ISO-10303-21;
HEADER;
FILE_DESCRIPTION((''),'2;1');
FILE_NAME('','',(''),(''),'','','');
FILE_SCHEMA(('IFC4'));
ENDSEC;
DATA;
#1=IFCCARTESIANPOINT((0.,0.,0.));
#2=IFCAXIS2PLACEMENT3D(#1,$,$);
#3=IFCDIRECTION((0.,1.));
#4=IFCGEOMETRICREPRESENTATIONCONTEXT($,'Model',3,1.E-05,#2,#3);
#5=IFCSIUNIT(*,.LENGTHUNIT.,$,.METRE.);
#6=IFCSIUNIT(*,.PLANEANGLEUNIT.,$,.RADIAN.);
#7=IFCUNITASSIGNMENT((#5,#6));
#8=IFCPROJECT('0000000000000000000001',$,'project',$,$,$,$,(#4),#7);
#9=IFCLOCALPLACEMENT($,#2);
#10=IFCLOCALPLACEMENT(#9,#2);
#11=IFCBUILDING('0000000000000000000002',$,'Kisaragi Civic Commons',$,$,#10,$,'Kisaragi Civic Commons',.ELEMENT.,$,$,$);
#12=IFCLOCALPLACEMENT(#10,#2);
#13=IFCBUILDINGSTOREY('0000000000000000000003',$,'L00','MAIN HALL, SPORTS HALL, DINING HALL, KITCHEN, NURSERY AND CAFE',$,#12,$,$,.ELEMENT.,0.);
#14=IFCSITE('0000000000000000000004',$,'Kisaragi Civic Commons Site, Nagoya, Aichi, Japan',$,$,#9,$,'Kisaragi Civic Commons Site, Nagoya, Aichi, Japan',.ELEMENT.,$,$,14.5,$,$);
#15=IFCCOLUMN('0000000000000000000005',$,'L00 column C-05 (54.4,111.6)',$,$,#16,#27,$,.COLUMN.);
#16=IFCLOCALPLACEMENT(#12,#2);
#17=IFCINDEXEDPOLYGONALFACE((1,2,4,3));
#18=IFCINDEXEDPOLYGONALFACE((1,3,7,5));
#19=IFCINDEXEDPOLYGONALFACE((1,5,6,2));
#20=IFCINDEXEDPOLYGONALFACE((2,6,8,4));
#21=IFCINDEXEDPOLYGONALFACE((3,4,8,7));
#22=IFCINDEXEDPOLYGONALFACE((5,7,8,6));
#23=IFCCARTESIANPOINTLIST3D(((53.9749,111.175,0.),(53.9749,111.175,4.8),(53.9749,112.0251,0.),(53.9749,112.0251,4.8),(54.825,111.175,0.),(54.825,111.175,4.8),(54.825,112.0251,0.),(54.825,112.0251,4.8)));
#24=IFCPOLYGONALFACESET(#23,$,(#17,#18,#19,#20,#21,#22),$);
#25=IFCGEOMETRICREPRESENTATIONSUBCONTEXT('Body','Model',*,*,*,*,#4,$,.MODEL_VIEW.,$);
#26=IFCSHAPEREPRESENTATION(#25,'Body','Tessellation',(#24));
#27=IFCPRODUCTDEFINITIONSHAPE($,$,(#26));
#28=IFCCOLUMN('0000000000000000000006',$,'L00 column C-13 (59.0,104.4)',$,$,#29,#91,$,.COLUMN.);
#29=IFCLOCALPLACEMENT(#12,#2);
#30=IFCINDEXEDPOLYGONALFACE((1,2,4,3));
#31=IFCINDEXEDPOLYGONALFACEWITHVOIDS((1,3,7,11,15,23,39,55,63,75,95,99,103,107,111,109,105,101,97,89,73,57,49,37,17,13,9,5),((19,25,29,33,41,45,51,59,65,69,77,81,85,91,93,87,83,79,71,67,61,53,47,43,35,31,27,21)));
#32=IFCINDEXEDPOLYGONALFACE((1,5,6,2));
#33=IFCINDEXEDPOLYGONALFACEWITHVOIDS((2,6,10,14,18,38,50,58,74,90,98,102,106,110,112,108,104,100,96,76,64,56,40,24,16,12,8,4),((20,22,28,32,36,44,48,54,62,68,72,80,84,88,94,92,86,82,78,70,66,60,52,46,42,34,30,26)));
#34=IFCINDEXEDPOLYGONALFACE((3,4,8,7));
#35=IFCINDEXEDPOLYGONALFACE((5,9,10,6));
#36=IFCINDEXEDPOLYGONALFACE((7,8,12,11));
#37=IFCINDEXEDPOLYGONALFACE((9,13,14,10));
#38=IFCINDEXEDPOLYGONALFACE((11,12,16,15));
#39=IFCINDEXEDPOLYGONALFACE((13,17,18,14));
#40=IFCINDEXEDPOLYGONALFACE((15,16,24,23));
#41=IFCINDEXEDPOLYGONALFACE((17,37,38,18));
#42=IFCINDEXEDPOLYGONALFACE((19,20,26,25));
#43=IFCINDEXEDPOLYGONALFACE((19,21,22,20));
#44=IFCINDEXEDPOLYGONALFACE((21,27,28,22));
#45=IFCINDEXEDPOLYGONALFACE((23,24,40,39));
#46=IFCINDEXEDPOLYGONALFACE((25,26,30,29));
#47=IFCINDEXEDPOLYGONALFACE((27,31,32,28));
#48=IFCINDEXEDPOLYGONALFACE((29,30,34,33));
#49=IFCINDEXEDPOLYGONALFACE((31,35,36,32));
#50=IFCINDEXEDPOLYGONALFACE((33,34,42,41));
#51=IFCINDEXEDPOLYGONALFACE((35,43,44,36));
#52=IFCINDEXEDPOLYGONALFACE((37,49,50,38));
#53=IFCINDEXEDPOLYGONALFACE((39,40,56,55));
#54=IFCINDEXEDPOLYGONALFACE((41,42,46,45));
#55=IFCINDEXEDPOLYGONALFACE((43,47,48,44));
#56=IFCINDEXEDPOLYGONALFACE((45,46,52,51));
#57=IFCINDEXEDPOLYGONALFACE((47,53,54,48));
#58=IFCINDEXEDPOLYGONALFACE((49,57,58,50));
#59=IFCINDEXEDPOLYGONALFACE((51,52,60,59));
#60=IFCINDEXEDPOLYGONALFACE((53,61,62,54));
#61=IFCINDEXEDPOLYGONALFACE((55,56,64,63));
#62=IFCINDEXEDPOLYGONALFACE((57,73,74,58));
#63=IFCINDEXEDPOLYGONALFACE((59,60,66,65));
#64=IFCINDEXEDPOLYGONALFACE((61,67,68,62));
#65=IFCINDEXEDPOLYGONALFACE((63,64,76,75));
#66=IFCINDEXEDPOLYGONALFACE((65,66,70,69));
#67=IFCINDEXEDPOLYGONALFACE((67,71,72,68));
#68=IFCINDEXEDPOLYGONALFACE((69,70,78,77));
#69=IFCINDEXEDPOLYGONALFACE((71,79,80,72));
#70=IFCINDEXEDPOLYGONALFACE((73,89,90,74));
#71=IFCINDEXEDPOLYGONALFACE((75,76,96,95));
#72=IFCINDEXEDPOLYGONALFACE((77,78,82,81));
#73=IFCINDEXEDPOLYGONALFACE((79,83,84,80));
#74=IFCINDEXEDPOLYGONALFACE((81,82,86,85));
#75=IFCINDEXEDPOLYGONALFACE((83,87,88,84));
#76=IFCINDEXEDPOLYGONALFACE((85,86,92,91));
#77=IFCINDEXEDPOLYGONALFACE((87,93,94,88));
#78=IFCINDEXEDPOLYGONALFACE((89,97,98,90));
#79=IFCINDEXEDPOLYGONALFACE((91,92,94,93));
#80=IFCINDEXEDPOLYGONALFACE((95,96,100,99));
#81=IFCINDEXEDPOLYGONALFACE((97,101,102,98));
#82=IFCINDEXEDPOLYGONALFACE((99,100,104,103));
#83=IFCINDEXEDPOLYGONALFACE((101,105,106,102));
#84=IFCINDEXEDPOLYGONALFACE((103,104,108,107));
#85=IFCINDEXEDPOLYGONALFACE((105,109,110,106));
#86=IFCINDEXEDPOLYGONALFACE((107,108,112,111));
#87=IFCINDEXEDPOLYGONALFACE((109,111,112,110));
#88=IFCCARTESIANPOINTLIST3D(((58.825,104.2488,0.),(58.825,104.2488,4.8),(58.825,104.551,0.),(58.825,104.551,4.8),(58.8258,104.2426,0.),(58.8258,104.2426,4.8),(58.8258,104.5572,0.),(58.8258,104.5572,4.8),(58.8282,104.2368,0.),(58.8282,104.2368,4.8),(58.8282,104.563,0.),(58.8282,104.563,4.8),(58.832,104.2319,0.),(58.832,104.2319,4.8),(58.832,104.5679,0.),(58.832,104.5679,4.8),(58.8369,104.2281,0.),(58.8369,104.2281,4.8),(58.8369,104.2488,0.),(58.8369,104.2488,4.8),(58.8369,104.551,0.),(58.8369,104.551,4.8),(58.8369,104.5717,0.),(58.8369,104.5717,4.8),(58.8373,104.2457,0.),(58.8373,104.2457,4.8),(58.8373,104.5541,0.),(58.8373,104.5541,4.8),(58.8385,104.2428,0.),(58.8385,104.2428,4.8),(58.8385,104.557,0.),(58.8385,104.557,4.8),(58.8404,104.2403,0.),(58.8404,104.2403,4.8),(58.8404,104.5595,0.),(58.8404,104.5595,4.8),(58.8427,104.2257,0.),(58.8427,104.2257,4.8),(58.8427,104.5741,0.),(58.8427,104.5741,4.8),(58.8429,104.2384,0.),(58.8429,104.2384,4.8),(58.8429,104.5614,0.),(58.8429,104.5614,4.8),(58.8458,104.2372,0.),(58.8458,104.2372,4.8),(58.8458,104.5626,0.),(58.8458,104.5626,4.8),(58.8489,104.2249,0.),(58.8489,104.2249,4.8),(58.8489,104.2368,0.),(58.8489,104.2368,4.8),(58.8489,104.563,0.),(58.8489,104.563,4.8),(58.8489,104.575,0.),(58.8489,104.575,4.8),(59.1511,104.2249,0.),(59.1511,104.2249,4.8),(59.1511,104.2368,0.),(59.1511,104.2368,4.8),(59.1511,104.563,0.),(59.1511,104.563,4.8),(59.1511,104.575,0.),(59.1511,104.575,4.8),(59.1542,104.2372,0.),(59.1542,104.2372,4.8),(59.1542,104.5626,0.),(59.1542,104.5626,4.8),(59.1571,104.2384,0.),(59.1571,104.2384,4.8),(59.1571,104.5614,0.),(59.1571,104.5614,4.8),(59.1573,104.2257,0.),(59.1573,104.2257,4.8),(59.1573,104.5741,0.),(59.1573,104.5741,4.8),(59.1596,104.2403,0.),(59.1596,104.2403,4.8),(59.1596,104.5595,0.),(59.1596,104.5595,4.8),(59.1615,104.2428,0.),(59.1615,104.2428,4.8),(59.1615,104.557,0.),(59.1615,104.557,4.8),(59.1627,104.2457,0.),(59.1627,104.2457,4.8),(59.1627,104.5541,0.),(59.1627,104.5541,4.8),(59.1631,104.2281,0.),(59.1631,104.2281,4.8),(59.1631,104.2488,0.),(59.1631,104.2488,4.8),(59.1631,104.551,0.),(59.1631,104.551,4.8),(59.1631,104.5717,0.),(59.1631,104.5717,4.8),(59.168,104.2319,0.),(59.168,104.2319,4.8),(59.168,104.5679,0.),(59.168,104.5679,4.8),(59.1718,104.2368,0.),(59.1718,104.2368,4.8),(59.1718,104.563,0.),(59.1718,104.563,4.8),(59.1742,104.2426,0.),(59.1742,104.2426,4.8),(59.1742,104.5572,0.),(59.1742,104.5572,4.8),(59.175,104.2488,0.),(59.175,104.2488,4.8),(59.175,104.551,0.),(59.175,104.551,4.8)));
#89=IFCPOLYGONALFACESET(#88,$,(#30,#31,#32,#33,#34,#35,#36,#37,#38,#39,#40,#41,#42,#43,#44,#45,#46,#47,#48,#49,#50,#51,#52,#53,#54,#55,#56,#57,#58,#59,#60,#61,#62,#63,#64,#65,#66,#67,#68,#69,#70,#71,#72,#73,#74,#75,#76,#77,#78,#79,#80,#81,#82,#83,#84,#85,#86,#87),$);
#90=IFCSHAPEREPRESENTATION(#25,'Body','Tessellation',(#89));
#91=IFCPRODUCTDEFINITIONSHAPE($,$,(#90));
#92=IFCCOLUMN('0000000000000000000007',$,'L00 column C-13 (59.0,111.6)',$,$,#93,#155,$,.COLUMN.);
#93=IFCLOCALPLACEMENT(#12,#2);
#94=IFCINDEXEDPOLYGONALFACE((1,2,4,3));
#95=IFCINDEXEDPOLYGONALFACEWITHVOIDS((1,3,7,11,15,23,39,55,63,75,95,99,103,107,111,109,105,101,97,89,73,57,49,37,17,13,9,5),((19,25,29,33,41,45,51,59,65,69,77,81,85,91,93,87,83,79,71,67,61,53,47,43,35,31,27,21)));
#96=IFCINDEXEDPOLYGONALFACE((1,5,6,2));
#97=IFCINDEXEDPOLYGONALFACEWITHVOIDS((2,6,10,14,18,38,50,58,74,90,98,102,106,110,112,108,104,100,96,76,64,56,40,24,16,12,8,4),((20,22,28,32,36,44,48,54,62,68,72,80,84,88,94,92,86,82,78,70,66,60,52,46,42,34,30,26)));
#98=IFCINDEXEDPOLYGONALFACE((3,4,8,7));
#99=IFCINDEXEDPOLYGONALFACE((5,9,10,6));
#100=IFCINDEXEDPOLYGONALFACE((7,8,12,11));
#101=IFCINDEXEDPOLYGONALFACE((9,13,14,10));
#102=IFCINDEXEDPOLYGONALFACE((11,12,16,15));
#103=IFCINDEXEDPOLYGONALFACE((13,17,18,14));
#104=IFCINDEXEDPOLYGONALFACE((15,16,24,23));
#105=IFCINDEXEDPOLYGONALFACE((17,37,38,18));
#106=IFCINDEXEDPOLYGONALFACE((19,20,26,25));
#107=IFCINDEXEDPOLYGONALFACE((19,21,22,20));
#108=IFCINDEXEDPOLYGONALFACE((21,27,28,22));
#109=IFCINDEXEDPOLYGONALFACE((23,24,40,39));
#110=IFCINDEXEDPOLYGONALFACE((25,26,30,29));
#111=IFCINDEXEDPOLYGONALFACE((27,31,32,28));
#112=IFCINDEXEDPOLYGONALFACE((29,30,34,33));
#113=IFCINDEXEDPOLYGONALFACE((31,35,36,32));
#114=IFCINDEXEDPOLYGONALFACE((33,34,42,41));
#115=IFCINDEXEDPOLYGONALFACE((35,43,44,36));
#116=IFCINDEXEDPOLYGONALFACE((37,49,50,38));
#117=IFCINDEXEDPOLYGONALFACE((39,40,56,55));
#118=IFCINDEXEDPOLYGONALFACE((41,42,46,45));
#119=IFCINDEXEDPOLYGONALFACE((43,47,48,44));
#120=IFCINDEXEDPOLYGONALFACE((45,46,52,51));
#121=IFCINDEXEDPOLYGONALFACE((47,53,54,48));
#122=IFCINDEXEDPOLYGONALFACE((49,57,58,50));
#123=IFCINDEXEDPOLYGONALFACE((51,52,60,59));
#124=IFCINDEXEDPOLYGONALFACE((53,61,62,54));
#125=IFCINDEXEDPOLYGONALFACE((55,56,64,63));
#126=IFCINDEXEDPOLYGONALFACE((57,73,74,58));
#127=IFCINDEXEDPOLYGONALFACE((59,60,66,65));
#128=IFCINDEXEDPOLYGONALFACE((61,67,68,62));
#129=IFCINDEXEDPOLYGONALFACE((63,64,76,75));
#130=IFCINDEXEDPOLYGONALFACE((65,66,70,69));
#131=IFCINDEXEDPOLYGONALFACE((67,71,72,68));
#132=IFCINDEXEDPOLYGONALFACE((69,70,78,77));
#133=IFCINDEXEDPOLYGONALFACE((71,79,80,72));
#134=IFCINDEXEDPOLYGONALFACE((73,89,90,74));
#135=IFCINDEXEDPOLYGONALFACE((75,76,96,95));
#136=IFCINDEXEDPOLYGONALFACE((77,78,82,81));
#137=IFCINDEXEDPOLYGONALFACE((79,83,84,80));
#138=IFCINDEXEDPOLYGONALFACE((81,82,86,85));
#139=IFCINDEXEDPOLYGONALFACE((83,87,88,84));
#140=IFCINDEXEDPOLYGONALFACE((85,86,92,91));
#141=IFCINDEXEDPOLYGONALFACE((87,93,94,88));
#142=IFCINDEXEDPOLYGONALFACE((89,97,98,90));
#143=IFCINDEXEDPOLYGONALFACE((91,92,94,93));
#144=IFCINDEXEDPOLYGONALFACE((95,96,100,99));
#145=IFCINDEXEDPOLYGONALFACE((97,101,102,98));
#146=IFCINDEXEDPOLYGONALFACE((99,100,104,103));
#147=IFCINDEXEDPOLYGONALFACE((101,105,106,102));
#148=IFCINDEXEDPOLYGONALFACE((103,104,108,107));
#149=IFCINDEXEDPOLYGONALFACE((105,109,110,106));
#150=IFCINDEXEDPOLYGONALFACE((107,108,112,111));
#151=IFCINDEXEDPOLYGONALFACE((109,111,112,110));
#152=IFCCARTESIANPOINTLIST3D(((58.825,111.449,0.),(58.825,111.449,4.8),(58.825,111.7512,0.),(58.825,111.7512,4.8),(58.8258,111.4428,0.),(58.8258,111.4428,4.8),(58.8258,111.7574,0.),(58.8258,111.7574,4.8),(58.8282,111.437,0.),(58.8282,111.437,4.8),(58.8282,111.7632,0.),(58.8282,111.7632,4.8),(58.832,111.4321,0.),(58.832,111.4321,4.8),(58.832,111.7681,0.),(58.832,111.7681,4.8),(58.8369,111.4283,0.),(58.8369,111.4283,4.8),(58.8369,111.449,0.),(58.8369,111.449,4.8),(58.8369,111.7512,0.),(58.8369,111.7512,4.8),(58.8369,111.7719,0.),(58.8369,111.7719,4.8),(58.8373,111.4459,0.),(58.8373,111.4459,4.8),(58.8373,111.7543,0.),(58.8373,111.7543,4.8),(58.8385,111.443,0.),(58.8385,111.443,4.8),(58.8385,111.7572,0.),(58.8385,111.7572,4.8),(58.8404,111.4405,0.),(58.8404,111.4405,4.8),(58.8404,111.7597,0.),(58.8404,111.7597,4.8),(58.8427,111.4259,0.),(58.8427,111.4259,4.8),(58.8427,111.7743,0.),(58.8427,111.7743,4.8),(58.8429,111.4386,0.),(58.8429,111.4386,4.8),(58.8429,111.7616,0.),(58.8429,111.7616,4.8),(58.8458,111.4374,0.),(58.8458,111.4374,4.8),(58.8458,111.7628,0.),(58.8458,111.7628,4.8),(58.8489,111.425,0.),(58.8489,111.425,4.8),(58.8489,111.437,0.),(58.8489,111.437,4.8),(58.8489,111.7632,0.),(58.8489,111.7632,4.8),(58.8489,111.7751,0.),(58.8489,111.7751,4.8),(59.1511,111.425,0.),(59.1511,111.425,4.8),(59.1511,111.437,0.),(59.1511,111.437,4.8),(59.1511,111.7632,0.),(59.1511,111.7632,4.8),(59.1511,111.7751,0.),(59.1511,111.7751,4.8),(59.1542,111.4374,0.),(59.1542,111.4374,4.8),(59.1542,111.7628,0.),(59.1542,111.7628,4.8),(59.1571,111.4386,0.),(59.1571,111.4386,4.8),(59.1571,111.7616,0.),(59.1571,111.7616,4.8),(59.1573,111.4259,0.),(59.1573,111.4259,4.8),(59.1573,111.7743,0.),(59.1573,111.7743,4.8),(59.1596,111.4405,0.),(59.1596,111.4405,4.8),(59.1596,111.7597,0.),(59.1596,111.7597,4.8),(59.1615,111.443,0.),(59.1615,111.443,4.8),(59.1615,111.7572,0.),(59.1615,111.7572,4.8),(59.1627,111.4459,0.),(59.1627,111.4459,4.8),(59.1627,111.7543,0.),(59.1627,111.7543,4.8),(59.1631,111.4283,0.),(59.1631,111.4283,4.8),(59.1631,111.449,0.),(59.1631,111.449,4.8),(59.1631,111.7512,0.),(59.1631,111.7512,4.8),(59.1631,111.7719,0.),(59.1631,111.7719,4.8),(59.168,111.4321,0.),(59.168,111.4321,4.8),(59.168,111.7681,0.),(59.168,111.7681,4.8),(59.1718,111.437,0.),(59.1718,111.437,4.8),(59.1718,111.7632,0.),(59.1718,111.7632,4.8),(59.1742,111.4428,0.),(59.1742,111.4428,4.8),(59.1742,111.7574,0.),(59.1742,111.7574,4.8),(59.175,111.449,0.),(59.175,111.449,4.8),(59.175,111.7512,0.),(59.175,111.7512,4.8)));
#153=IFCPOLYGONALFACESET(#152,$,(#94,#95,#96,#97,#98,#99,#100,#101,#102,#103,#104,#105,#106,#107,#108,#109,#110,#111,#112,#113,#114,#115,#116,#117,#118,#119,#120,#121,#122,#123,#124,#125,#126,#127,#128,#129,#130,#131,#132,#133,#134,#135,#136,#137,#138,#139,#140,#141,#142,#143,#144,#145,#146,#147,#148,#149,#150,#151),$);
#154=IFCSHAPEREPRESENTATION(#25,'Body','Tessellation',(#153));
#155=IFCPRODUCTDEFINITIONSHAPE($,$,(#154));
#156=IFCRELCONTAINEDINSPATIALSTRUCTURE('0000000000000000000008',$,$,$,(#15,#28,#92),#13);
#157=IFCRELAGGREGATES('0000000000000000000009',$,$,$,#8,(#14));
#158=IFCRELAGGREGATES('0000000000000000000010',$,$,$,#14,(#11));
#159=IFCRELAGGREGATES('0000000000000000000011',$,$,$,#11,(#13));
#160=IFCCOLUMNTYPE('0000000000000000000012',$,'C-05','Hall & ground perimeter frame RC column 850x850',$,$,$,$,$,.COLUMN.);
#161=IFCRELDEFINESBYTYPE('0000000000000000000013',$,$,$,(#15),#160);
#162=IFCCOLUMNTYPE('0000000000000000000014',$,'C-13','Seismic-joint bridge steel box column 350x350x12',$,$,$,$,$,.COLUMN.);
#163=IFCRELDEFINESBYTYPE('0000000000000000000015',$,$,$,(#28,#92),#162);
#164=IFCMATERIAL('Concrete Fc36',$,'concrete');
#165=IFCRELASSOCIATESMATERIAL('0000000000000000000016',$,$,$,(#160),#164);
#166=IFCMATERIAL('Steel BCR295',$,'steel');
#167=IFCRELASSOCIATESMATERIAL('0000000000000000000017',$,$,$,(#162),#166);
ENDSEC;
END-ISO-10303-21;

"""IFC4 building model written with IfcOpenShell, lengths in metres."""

from ifc_helpers import new_model, si_unit, direction, frame, origin, origin_2d, place, context, subcontext, project, spatial, rectangle, hollow_rectangle, extrude, material, material_profile, profile_set, type_object, element, save


model = new_model("IFC4")

# Units and contexts
model_context = context("Model", 3, precision=1e-05, world=origin(), true_north=direction((0.0, 1.0)))
body_context = subcontext(model_context, "Body", "Model", "MODEL_VIEW")
ifc_project = project(units=[si_unit("LENGTHUNIT", "METRE"), si_unit("PLANEANGLEUNIT", "RADIAN")], contexts=[model_context])

# Site, building, storey
site_placement = place(None, origin())
site = spatial("IfcSite", under=ifc_project, at=site_placement, Name="Kisaragi Civic Commons Site, Nagoya, Aichi, Japan", LongName="Kisaragi Civic Commons Site, Nagoya, Aichi, Japan", CompositionType="ELEMENT", RefElevation=14.5)
building_placement = place(site_placement, origin())
building = spatial("IfcBuilding", under=site, at=building_placement, Name="Kisaragi Civic Commons", LongName="Kisaragi Civic Commons", CompositionType="ELEMENT")
storey_placement = place(building_placement, origin())
storey = spatial("IfcBuildingStorey", under=building, at=storey_placement, Name="L00", Description="MAIN HALL, SPORTS HALL, DINING HALL, KITCHEN, NURSERY AND CAFE", CompositionType="ELEMENT", Elevation=0.0)

# Columns
ifc_material_1 = material(Name="Concrete Fc36", Category="concrete")
ifc_material_profile_1 = material_profile(ifc_material_1, rectangle(XDim=0.8501, YDim=0.8501, at=origin_2d()), Name="RC-850x850", Category="concrete")
ifc_profile_set_1 = profile_set([ifc_material_profile_1], Name="Concrete Fc36")
column_type_1 = type_object("IfcColumnType", Name="C-05", Description="Hall & ground perimeter frame RC column 850x850", PredefinedType="COLUMN", material=ifc_profile_set_1)
column_placement = place(storey_placement, frame((54.3999, 111.6001, 0.0), z_axis=(0.0, 0.0, 1.0), x_axis=(1.0, 0.0, 0.0)))
element("IfcColumn", 1, at=column_placement, inside=storey, type_object=column_type_1, Name="L00 column C-05 (54.4,111.6)", PredefinedType="COLUMN", context=body_context, shape_type="SweptSolid", body=[
    extrude(rectangle(XDim=0.8501, YDim=0.8501, at=origin_2d()), origin(), (0.0, 0.0, 1.0), 4.8),
])
ifc_material_2 = material(Name="Steel BCR295", Category="steel")
ifc_material_profile_2 = material_profile(ifc_material_2, hollow_rectangle(XDim=0.3501, YDim=0.3501, WallThickness=0.012, InnerFilletRadius=0.012, OuterFilletRadius=0.0239, at=origin_2d()), Name="BCR-350x350x12", Category="steel")
ifc_profile_set_2 = profile_set([ifc_material_profile_2], Name="Steel BCR295")
column_type_2 = type_object("IfcColumnType", Name="C-13", Description="Seismic-joint bridge steel box column 350x350x12", PredefinedType="COLUMN", material=ifc_profile_set_2)
for number, where, z_axis, x_axis, name in (
    (2, (59.0, 104.3999, 0.0), (0.0, 0.0, 1.0), (1.0, 0.0, 0.0), "L00 column C-13 (59.0,104.4)"),
    (3, (59.0, 111.6001, 0.0), (0.0, 0.0, 1.0), (1.0, 0.0, 0.0), "L00 column C-13 (59.0,111.6)"),
):
    element("IfcColumn", number, at=place(storey_placement, frame(where, z_axis=z_axis, x_axis=x_axis)), inside=storey, type_object=column_type_2, Name=name, PredefinedType="COLUMN", context=body_context, shape_type="SweptSolid", body=[
        extrude(hollow_rectangle(XDim=0.3501, YDim=0.3501, WallThickness=0.012, InnerFilletRadius=0.012, OuterFilletRadius=0.0239, at=origin_2d()), origin(), (0.0, 0.0, 1.0), 4.8),
    ])

save(model, "model.ifc")
